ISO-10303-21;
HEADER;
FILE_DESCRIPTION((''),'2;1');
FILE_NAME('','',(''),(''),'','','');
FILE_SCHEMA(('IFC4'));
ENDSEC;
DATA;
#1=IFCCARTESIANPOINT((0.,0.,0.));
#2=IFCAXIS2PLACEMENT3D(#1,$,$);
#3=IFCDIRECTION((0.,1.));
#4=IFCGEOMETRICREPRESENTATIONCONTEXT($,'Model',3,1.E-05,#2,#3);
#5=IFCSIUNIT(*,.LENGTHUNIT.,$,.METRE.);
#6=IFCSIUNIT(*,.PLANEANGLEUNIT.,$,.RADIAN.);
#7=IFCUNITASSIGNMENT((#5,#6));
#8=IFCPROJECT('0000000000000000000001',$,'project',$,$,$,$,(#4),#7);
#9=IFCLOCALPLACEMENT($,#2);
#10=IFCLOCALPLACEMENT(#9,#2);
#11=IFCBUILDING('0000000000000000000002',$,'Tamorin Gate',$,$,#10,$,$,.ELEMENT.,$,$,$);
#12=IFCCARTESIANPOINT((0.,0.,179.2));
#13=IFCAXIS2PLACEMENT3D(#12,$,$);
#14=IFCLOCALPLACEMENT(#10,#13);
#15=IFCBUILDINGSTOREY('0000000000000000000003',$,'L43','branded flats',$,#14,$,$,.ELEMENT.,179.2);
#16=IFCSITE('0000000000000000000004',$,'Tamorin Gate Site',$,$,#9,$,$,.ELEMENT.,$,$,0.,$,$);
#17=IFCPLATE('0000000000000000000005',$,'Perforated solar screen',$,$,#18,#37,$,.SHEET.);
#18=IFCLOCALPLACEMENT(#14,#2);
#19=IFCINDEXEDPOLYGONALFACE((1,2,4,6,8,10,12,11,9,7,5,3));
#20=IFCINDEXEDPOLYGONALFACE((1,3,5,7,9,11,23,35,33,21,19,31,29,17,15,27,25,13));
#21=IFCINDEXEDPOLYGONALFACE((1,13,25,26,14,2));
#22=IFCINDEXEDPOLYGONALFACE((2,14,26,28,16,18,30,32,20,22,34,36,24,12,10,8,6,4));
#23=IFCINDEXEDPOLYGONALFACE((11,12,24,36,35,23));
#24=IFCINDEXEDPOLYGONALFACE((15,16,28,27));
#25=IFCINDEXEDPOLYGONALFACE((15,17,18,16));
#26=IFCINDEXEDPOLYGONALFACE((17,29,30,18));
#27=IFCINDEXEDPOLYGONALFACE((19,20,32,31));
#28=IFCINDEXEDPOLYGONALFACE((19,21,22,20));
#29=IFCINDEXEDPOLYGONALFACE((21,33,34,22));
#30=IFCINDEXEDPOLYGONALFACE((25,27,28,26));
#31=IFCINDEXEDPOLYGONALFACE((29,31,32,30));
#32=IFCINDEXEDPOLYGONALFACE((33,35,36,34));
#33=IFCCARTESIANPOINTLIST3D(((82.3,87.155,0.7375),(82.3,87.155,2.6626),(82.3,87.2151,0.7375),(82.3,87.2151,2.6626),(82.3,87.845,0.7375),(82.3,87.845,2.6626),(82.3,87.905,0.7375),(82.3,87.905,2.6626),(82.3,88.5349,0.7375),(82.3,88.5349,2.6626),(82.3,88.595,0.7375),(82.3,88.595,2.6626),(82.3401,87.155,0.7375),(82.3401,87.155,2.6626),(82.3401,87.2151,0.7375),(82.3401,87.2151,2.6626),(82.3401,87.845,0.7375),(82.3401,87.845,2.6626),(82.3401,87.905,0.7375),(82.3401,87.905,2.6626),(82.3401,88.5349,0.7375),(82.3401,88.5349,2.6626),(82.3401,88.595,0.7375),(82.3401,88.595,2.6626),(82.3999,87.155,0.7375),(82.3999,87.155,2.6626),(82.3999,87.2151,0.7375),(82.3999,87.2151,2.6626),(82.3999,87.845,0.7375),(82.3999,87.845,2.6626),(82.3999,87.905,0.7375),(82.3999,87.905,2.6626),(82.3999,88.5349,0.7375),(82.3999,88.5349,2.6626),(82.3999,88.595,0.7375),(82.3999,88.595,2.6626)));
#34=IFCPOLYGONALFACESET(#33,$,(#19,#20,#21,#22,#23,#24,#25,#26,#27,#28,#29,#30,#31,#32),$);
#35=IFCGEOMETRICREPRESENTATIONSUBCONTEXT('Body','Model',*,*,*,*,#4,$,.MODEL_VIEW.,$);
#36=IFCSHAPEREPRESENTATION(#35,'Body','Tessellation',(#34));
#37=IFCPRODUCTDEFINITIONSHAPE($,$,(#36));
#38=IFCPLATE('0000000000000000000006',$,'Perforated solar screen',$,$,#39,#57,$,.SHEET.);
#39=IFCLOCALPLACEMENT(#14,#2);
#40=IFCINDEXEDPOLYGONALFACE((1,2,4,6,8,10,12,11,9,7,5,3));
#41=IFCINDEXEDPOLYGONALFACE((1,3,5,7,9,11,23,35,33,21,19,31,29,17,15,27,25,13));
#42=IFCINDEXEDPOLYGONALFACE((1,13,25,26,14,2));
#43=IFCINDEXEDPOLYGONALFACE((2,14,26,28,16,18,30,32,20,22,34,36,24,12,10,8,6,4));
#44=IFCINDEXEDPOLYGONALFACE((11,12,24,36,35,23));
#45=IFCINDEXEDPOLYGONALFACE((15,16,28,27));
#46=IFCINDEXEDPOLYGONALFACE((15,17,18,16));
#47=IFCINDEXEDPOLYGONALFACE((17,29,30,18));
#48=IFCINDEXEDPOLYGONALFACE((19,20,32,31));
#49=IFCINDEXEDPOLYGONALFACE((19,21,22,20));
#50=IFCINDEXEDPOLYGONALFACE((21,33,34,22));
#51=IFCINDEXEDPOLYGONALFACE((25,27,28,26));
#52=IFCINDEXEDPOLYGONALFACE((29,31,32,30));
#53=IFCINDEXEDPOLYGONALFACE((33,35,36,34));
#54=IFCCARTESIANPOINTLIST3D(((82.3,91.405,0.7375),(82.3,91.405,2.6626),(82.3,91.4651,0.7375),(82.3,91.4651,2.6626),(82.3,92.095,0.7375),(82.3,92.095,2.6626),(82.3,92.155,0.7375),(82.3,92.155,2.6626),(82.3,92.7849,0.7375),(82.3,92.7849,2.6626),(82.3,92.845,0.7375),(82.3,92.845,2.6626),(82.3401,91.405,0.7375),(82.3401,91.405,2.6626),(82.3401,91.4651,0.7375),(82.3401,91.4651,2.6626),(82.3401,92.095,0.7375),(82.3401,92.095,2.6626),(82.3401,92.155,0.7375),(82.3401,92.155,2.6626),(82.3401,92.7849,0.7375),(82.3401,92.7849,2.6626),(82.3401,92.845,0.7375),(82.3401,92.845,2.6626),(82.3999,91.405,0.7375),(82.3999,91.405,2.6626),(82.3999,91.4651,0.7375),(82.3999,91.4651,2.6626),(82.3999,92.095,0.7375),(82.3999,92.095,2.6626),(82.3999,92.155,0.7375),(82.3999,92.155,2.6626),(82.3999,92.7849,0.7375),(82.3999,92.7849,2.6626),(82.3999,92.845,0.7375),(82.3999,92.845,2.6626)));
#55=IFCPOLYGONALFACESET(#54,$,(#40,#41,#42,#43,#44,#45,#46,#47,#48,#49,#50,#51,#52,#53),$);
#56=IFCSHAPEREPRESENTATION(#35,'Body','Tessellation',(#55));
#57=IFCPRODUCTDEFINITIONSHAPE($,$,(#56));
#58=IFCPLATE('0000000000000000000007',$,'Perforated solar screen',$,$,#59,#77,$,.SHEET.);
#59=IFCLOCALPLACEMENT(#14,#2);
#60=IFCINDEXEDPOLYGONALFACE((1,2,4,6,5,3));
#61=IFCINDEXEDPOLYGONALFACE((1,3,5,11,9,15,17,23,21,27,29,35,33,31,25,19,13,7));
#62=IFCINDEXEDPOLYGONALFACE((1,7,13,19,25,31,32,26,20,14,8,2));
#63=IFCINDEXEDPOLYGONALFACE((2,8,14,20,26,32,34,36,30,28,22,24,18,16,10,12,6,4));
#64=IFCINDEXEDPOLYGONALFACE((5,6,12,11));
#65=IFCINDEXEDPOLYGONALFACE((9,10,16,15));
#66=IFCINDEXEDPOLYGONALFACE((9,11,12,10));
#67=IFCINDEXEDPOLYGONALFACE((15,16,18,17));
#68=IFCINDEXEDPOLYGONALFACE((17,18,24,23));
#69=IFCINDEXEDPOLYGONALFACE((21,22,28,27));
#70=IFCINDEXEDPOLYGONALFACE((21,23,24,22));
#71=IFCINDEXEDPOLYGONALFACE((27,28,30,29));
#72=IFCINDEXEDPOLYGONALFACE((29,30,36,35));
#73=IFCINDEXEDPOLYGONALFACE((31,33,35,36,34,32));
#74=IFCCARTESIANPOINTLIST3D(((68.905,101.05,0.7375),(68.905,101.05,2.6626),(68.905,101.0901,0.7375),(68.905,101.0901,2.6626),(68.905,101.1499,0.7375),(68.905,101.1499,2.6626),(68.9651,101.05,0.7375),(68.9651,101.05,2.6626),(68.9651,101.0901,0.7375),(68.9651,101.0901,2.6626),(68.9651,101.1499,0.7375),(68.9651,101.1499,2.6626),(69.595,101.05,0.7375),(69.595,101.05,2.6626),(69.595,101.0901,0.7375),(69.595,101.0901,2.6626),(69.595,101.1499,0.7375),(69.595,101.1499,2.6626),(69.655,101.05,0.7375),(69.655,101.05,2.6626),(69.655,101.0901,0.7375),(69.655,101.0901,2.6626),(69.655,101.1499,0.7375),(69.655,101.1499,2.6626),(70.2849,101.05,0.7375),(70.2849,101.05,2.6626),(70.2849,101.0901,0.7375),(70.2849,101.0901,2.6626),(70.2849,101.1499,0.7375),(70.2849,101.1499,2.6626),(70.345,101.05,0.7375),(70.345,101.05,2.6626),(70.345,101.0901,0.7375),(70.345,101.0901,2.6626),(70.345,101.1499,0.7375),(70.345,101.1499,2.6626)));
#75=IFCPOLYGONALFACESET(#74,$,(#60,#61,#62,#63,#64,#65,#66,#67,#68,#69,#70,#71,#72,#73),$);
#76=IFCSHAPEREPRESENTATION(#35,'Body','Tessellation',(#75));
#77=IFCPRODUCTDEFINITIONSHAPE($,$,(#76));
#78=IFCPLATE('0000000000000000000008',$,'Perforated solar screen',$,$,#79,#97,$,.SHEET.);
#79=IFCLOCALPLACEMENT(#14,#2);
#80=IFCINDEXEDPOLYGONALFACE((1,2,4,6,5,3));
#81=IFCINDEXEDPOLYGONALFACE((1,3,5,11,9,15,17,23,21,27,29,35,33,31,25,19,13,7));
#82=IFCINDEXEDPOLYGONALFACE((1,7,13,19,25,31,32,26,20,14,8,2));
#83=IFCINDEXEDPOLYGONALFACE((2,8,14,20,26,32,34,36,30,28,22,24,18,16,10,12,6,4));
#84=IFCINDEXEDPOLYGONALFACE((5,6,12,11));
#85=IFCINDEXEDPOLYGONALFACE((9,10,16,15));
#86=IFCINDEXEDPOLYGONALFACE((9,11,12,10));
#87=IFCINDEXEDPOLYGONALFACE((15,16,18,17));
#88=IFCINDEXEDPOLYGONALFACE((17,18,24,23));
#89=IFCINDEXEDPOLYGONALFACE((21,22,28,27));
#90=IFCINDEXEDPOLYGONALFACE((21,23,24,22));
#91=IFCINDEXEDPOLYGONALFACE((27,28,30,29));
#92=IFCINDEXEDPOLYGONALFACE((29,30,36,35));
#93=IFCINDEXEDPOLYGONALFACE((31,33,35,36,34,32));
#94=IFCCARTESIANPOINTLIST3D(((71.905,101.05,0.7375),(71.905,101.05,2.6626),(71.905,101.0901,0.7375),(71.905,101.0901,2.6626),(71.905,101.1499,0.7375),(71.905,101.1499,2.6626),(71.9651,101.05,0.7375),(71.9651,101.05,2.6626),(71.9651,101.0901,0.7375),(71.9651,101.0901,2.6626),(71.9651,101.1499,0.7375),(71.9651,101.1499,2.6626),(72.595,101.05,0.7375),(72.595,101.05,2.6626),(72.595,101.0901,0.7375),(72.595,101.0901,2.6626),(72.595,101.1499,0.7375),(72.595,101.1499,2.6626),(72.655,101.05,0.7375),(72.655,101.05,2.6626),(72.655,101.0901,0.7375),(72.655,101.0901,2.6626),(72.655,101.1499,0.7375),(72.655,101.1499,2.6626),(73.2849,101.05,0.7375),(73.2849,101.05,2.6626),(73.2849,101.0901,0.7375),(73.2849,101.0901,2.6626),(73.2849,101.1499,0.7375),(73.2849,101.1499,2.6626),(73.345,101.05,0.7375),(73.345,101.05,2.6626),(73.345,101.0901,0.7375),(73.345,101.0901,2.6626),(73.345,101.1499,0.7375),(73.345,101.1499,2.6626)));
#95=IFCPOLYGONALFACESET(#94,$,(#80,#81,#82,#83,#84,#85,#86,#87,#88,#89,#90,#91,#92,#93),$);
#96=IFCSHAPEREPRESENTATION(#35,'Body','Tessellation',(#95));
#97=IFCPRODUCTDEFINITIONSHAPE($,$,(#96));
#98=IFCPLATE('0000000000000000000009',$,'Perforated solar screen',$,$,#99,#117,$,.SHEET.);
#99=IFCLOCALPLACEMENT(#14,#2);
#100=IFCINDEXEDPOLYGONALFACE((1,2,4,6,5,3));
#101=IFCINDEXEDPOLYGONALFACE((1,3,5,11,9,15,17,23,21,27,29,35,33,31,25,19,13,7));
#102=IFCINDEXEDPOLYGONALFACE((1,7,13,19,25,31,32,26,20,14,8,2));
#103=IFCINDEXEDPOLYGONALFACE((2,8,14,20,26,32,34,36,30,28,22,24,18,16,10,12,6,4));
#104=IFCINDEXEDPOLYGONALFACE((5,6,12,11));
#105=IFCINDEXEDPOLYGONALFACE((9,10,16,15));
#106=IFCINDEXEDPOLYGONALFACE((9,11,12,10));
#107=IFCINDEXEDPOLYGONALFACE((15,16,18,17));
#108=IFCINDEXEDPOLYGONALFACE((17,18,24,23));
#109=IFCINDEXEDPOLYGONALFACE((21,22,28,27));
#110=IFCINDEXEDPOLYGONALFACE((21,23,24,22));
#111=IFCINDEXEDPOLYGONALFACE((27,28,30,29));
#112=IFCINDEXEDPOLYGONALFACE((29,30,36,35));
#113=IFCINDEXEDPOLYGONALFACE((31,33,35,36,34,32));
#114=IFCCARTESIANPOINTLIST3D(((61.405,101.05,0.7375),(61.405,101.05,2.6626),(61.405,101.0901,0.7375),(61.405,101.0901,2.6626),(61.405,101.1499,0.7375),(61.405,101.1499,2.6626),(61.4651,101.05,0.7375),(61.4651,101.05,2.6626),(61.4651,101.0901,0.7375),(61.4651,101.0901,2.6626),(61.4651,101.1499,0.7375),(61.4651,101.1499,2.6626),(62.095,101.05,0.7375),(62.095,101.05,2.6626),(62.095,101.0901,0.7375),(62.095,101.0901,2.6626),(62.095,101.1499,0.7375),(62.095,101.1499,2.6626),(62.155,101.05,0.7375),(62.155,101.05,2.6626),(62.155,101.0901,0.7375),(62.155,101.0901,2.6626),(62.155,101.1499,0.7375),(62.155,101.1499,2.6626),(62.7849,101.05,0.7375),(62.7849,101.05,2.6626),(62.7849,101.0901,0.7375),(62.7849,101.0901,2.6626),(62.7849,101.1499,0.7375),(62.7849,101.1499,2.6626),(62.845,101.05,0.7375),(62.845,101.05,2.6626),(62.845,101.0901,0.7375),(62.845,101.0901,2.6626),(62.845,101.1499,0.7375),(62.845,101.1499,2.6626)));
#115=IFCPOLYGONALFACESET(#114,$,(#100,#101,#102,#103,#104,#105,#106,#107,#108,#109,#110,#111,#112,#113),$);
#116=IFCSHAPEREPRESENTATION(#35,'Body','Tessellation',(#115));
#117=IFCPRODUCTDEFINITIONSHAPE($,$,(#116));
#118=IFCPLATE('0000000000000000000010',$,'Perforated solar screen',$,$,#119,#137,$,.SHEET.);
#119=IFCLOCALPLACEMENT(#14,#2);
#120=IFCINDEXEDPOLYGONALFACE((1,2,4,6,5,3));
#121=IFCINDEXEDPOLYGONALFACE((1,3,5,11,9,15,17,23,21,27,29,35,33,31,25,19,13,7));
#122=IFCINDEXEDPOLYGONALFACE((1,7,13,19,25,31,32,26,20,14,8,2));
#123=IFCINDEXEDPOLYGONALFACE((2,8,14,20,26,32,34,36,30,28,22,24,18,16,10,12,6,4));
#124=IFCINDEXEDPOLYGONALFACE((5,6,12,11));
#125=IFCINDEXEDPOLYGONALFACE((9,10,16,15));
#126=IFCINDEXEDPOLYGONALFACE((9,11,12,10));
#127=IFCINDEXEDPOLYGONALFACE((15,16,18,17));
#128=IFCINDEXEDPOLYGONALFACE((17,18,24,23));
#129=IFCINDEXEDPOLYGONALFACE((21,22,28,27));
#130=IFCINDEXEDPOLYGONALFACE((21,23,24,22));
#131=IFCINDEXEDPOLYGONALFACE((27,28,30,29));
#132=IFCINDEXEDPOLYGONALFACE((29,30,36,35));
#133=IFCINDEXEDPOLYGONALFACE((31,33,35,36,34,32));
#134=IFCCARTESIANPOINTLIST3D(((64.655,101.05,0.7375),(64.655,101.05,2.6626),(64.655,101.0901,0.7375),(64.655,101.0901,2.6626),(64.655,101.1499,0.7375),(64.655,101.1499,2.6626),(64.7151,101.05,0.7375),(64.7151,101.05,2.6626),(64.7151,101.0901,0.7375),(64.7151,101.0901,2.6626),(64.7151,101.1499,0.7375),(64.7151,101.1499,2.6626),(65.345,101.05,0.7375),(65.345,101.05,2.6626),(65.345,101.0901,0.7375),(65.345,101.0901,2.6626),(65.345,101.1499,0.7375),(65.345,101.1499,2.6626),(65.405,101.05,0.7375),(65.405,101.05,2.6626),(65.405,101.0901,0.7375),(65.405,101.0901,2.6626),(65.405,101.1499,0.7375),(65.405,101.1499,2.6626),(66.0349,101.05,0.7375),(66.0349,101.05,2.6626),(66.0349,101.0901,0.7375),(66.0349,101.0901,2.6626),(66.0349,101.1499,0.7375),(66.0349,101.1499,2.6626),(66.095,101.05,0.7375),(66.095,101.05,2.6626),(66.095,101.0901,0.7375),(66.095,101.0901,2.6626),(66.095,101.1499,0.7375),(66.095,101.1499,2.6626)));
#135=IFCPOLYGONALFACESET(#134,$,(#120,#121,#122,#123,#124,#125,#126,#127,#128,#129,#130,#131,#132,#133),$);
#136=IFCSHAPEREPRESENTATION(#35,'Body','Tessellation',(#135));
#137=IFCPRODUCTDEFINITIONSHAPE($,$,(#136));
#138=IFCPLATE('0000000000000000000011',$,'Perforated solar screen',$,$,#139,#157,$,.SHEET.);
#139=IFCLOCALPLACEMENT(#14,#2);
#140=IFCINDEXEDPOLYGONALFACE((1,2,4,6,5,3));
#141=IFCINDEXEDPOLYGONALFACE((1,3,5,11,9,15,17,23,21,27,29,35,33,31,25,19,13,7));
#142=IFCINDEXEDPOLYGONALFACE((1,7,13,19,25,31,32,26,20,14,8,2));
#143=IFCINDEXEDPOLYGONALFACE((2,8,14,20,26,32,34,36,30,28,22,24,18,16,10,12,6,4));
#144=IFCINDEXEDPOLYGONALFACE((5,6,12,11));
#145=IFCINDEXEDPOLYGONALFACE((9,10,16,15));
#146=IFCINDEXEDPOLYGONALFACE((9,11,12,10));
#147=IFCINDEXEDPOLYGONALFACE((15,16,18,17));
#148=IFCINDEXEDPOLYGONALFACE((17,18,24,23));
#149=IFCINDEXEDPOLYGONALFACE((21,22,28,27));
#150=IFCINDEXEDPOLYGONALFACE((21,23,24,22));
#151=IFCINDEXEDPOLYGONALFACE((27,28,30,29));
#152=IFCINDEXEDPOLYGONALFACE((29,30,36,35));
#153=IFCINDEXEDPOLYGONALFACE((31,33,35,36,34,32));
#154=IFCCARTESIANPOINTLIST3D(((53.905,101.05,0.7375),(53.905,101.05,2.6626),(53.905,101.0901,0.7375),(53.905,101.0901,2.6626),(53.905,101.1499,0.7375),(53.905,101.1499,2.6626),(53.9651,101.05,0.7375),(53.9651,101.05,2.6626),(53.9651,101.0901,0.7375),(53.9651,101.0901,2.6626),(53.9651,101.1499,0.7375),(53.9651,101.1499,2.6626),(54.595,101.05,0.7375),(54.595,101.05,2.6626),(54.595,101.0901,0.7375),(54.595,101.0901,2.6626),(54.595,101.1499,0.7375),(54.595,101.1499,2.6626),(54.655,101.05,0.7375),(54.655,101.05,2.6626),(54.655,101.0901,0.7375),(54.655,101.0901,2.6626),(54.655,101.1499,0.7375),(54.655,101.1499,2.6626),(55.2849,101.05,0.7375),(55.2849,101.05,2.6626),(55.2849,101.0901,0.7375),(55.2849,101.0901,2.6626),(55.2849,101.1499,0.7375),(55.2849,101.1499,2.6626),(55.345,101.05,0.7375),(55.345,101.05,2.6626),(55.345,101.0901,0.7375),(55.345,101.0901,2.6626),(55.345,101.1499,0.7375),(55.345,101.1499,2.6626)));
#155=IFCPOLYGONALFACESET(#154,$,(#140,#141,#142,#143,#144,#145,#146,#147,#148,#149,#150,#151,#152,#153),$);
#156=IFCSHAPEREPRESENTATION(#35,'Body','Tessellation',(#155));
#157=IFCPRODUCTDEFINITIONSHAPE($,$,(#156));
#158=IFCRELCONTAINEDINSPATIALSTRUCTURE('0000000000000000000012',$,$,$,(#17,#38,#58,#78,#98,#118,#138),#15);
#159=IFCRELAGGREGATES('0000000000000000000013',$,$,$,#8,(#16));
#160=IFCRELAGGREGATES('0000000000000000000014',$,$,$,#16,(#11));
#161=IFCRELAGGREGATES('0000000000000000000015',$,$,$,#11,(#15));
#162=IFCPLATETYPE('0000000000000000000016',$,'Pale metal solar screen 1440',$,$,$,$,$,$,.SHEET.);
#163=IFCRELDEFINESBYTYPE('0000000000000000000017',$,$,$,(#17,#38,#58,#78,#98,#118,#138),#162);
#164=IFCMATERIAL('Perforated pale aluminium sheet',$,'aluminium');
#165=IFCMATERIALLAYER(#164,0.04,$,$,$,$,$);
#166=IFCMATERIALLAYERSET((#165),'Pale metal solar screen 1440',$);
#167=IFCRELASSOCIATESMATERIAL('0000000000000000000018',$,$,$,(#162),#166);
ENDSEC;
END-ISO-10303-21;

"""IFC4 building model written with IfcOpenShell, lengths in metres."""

from ifc_helpers import new_model, si_unit, direction, frame, origin, place, context, subcontext, project, spatial, polyline, outline, extrude, material, layer, layer_set, type_object, element, save


model = new_model("IFC4")

# Units and contexts
model_context = context("Model", 3, precision=1e-05, world=origin(), true_north=direction((0.0, 1.0)))
body_context = subcontext(model_context, "Body", "Model", "MODEL_VIEW")
ifc_project = project(units=[si_unit("LENGTHUNIT", "METRE"), si_unit("PLANEANGLEUNIT", "RADIAN")], contexts=[model_context])

# Site, building, storey
site_placement = place(None, origin())
site = spatial("IfcSite", under=ifc_project, at=site_placement, Name="Tamorin Gate Site", CompositionType="ELEMENT", RefElevation=0.0)
building_placement = place(site_placement, origin())
building = spatial("IfcBuilding", under=site, at=building_placement, Name="Tamorin Gate", CompositionType="ELEMENT")
storey_placement = place(building_placement, frame((0.0, 0.0, 179.2)))
storey = spatial("IfcBuildingStorey", under=building, at=storey_placement, Name="L43", Description="branded flats", CompositionType="ELEMENT", Elevation=179.2)

# Plates
ifc_material_1 = material(Name="Perforated pale aluminium sheet", Category="aluminium")
ifc_layer_1 = layer(ifc_material_1, 0.04)
ifc_layer_set_1 = layer_set([ifc_layer_1], Name="Pale metal solar screen 1440")
plate_type_1 = type_object("IfcPlateType", Name="Pale metal solar screen 1440", PredefinedType="SHEET", material=ifc_layer_set_1)
plate_1_placement = place(storey_placement, frame((0.0, 0.0, 0.7375)))
element("IfcPlate", 1, at=plate_1_placement, inside=storey, type_object=plate_type_1, Name="Perforated solar screen", PredefinedType="SHEET", context=body_context, shape_type="SweptSolid", body=[
    extrude(outline(polyline([(82.3401, 87.155), (82.3, 87.155), (82.3, 87.2151), (82.3, 87.845), (82.3, 87.905), (82.3, 88.5349), (82.3, 88.595), (82.3401, 88.595), (82.3999, 88.595), (82.3999, 88.5349), (82.3401, 88.5349), (82.3401, 87.905), (82.3999, 87.905), (82.3999, 87.845), (82.3401, 87.845), (82.3401, 87.2151), (82.3999, 87.2151), (82.3999, 87.155), (82.3401, 87.155)])), origin(), (0.0, 0.0, 1.0), 1.925),
])
plate_2_placement = place(storey_placement, frame((0.0, 0.0, 0.7375)))
element("IfcPlate", 2, at=plate_2_placement, inside=storey, type_object=plate_type_1, Name="Perforated solar screen", PredefinedType="SHEET", context=body_context, shape_type="SweptSolid", body=[
    extrude(outline(polyline([(82.3401, 91.405), (82.3, 91.405), (82.3, 91.4651), (82.3, 92.095), (82.3, 92.155), (82.3, 92.7849), (82.3, 92.845), (82.3401, 92.845), (82.3999, 92.845), (82.3999, 92.7849), (82.3401, 92.7849), (82.3401, 92.155), (82.3999, 92.155), (82.3999, 92.095), (82.3401, 92.095), (82.3401, 91.4651), (82.3999, 91.4651), (82.3999, 91.405), (82.3401, 91.405)])), origin(), (0.0, 0.0, 1.0), 1.925),
])
plate_3_placement = place(storey_placement, frame((0.0, 0.0, 0.7375)))
element("IfcPlate", 3, at=plate_3_placement, inside=storey, type_object=plate_type_1, Name="Perforated solar screen", PredefinedType="SHEET", context=body_context, shape_type="SweptSolid", body=[
    extrude(outline(polyline([(70.345, 101.0901), (70.345, 101.05), (70.2849, 101.05), (69.655, 101.05), (69.595, 101.05), (68.9651, 101.05), (68.905, 101.05), (68.905, 101.0901), (68.905, 101.1499), (68.9651, 101.1499), (68.9651, 101.0901), (69.595, 101.0901), (69.595, 101.1499), (69.655, 101.1499), (69.655, 101.0901), (70.2849, 101.0901), (70.2849, 101.1499), (70.345, 101.1499), (70.345, 101.0901)])), origin(), (0.0, 0.0, 1.0), 1.925),
])
plate_4_placement = place(storey_placement, frame((0.0, 0.0, 0.7375)))
element("IfcPlate", 4, at=plate_4_placement, inside=storey, type_object=plate_type_1, Name="Perforated solar screen", PredefinedType="SHEET", context=body_context, shape_type="SweptSolid", body=[
    extrude(outline(polyline([(73.345, 101.0901), (73.345, 101.05), (73.2849, 101.05), (72.655, 101.05), (72.595, 101.05), (71.9651, 101.05), (71.905, 101.05), (71.905, 101.05), (71.905, 101.0901), (71.905, 101.0901), (71.905, 101.1499), (71.9651, 101.1499), (71.9651, 101.0901), (72.595, 101.0901), (72.595, 101.1499), (72.655, 101.1499), (72.655, 101.0901), (73.2849, 101.0901), (73.2849, 101.1499), (73.345, 101.1499), (73.345, 101.0901)])), origin(), (0.0, 0.0, 1.0), 1.925),
])
plate_5_placement = place(storey_placement, frame((0.0, 0.0, 0.7375)))
element("IfcPlate", 5, at=plate_5_placement, inside=storey, type_object=plate_type_1, Name="Perforated solar screen", PredefinedType="SHEET", context=body_context, shape_type="SweptSolid", body=[
    extrude(outline(polyline([(62.845, 101.0901), (62.845, 101.05), (62.7849, 101.05), (62.155, 101.05), (62.095, 101.05), (61.4651, 101.05), (61.405, 101.05), (61.405, 101.0901), (61.405, 101.1499), (61.4651, 101.1499), (61.4651, 101.0901), (62.095, 101.0901), (62.095, 101.1499), (62.155, 101.1499), (62.155, 101.0901), (62.7849, 101.0901), (62.7849, 101.1499), (62.845, 101.1499), (62.845, 101.0901)])), origin(), (0.0, 0.0, 1.0), 1.925),
])
plate_6_placement = place(storey_placement, frame((0.0, 0.0, 0.7375)))
element("IfcPlate", 6, at=plate_6_placement, inside=storey, type_object=plate_type_1, Name="Perforated solar screen", PredefinedType="SHEET", context=body_context, shape_type="SweptSolid", body=[
    extrude(outline(polyline([(66.095, 101.0901), (66.095, 101.05), (66.0349, 101.05), (65.405, 101.05), (65.345, 101.05), (64.7151, 101.05), (64.655, 101.05), (64.655, 101.0901), (64.655, 101.1499), (64.7151, 101.1499), (64.7151, 101.0901), (65.345, 101.0901), (65.345, 101.1499), (65.405, 101.1499), (65.405, 101.0901), (66.0349, 101.0901), (66.0349, 101.1499), (66.095, 101.1499), (66.095, 101.0901)])), origin(), (0.0, 0.0, 1.0), 1.925),
])
plate_7_placement = place(storey_placement, frame((0.0, 0.0, 0.7375)))
element("IfcPlate", 7, at=plate_7_placement, inside=storey, type_object=plate_type_1, Name="Perforated solar screen", PredefinedType="SHEET", context=body_context, shape_type="SweptSolid", body=[
    extrude(outline(polyline([(55.345, 101.0901), (55.345, 101.05), (55.2849, 101.05), (54.655, 101.05), (54.595, 101.05), (53.9651, 101.05), (53.905, 101.05), (53.905, 101.0901), (53.905, 101.1499), (53.9651, 101.1499), (53.9651, 101.0901), (54.595, 101.0901), (54.595, 101.1499), (54.655, 101.1499), (54.655, 101.0901), (55.2849, 101.0901), (55.2849, 101.1499), (55.345, 101.1499), (55.345, 101.0901)])), origin(), (0.0, 0.0, 1.0), 1.925),
])

save(model, "model.ifc")
